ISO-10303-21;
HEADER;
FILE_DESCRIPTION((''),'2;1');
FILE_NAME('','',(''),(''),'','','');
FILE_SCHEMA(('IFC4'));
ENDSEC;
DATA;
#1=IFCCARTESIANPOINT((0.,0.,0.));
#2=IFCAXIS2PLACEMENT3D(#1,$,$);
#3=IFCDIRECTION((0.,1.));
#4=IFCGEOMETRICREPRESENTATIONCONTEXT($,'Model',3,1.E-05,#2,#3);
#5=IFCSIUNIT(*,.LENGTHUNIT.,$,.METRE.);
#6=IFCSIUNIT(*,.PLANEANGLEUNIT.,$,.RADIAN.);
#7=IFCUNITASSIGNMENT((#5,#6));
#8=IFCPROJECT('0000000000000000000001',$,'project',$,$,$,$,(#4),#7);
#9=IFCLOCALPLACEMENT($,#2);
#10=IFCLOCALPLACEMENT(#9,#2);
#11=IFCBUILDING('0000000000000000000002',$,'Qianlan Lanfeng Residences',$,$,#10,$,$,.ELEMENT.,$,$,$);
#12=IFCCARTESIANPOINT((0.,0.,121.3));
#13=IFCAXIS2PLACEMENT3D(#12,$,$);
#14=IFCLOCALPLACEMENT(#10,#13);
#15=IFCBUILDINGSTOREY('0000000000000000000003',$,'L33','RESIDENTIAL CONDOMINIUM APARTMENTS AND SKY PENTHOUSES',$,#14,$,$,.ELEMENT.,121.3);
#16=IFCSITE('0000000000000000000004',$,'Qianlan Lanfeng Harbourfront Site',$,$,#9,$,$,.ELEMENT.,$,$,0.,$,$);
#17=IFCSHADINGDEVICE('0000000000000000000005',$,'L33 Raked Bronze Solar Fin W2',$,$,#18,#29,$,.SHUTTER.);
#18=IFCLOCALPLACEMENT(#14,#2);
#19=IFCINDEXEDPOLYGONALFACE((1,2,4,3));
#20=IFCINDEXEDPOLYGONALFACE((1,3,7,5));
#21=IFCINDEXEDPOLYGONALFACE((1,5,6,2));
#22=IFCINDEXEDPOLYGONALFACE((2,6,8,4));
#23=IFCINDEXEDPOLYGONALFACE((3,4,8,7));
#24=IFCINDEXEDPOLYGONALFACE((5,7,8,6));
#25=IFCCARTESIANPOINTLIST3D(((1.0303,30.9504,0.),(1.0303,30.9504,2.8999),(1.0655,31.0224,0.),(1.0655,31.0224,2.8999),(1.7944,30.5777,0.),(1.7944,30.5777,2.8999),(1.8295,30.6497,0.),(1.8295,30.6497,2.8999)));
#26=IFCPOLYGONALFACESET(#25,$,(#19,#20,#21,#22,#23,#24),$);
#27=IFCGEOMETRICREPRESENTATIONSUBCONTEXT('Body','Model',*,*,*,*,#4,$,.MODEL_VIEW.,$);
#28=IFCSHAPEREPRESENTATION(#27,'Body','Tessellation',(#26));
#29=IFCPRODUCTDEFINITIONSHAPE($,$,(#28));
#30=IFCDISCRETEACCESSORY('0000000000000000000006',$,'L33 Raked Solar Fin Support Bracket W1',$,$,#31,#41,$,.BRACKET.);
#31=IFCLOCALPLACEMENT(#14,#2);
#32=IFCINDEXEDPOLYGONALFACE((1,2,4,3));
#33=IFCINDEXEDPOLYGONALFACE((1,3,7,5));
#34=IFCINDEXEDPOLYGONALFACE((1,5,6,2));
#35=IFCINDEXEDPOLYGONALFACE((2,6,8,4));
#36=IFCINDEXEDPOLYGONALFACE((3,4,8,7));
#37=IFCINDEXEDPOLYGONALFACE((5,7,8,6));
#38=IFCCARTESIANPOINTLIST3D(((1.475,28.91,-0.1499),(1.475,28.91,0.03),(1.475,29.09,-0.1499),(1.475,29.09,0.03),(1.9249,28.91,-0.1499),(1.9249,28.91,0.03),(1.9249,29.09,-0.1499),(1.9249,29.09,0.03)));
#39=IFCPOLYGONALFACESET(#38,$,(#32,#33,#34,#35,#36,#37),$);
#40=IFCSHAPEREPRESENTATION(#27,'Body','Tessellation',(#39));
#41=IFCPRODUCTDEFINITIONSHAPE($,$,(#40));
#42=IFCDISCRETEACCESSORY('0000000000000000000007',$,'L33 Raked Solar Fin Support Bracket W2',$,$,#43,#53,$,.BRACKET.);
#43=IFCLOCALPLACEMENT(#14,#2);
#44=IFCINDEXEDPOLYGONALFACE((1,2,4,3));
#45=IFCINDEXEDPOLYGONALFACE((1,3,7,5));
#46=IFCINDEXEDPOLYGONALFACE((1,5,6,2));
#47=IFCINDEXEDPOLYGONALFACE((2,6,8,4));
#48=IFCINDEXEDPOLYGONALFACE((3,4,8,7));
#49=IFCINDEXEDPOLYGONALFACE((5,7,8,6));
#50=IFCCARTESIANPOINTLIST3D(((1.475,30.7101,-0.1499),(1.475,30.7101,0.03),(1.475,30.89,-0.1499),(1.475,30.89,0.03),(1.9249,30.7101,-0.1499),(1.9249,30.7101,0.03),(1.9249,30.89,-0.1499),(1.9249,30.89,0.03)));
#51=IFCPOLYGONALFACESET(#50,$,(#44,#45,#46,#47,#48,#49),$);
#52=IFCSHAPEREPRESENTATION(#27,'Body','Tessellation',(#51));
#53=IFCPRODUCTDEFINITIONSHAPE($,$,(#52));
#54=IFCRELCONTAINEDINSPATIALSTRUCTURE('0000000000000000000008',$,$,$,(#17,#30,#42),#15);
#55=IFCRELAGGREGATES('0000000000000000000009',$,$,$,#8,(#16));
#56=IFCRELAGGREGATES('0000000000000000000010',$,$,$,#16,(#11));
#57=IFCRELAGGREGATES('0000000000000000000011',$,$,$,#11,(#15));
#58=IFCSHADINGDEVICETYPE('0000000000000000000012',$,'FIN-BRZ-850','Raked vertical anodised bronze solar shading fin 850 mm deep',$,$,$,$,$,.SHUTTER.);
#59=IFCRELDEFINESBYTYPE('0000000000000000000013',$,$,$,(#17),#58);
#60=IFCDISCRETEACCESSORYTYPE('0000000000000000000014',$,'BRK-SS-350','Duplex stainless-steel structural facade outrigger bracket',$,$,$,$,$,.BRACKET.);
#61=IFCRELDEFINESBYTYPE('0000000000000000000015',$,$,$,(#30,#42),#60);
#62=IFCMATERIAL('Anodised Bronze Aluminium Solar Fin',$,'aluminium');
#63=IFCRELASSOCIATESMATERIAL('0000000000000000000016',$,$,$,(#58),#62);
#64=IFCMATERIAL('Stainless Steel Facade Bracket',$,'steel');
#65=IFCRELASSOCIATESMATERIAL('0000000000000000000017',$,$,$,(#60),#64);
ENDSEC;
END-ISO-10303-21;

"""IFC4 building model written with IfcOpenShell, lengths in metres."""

from ifc_helpers import new_model, si_unit, direction, frame, origin, origin_2d, place, context, subcontext, project, spatial, rectangle, extrude, source, transform, mapped, material, type_object, element, save


model = new_model("IFC4")

# Units and contexts
model_context = context("Model", 3, precision=1e-05, world=origin(), true_north=direction((0.0, 1.0)))
body_context = subcontext(model_context, "Body", "Model", "MODEL_VIEW")
ifc_project = project(units=[si_unit("LENGTHUNIT", "METRE"), si_unit("PLANEANGLEUNIT", "RADIAN")], contexts=[model_context])

# Site, building, storey
site_placement = place(None, origin())
site = spatial("IfcSite", under=ifc_project, at=site_placement, Name="Qianlan Lanfeng Harbourfront Site", CompositionType="ELEMENT", RefElevation=0.0)
building_placement = place(site_placement, origin())
building = spatial("IfcBuilding", under=site, at=building_placement, Name="Qianlan Lanfeng Residences", CompositionType="ELEMENT")
storey_placement = place(building_placement, frame((0.0, 0.0, 121.3)))
storey = spatial("IfcBuildingStorey", under=building, at=storey_placement, Name="L33", Description="RESIDENTIAL CONDOMINIUM APARTMENTS AND SKY PENTHOUSES", CompositionType="ELEMENT", Elevation=121.3)

# Shading device
ifc_material_1 = material(Name="Anodised Bronze Aluminium Solar Fin", Category="aluminium")
shading_device_type = type_object("IfcShadingDeviceType", Name="FIN-BRZ-850", Description="Raked vertical anodised bronze solar shading fin 850 mm deep", PredefinedType="SHUTTER", material=ifc_material_1)
shared_shape_1 = source(origin(), body_context, "Body", "SweptSolid", [
    extrude(rectangle(XDim=0.8501, YDim=0.0801, at=origin_2d()), origin(), (0.0, 0.0, 1.0), 2.8999),
])
for number, where, z_axis, x_axis, name in (
    (1, (1.4299, 30.8, 0.0), (0.0, 0.0, 1.0), (0.898794, -0.438371, 0.0), "L33 Raked Bronze Solar Fin W2"),
):
    element("IfcShadingDevice", number, at=place(storey_placement, frame(where, z_axis=z_axis, x_axis=x_axis)), inside=storey, type_object=shading_device_type, Name=name, PredefinedType="SHUTTER", context=body_context, shape_type="MappedRepresentation", body=[
        mapped(shared_shape_1, transform((0.0, 0.0, 0.0), scale=1.0)),
    ])

# Discrete accessories
ifc_material_2 = material(Name="Stainless Steel Facade Bracket", Category="steel")
discrete_accessory_type = type_object("IfcDiscreteAccessoryType", Name="BRK-SS-350", Description="Duplex stainless-steel structural facade outrigger bracket", PredefinedType="BRACKET", material=ifc_material_2)
shared_shape_2 = source(origin(), body_context, "Body", "SweptSolid", [
    extrude(rectangle(XDim=0.45, YDim=0.1799, at=origin_2d()), origin(), (0.0, 0.0, 1.0), 0.1799),
])
for number, where, z_axis, x_axis, name in (
    (2, (1.7, 29.0, -0.1499), (0.0, 0.0, 1.0), (1.0, 0.0, 0.0), "L33 Raked Solar Fin Support Bracket W1"),
    (3, (1.7, 30.8, -0.1499), (0.0, 0.0, 1.0), (1.0, 0.0, 0.0), "L33 Raked Solar Fin Support Bracket W2"),
):
    element("IfcDiscreteAccessory", number, at=place(storey_placement, frame(where, z_axis=z_axis, x_axis=x_axis)), inside=storey, type_object=discrete_accessory_type, Name=name, PredefinedType="BRACKET", context=body_context, shape_type="MappedRepresentation", body=[
        mapped(shared_shape_2, transform((0.0, 0.0, 0.0), scale=1.0)),
    ])

save(model, "model.ifc")
